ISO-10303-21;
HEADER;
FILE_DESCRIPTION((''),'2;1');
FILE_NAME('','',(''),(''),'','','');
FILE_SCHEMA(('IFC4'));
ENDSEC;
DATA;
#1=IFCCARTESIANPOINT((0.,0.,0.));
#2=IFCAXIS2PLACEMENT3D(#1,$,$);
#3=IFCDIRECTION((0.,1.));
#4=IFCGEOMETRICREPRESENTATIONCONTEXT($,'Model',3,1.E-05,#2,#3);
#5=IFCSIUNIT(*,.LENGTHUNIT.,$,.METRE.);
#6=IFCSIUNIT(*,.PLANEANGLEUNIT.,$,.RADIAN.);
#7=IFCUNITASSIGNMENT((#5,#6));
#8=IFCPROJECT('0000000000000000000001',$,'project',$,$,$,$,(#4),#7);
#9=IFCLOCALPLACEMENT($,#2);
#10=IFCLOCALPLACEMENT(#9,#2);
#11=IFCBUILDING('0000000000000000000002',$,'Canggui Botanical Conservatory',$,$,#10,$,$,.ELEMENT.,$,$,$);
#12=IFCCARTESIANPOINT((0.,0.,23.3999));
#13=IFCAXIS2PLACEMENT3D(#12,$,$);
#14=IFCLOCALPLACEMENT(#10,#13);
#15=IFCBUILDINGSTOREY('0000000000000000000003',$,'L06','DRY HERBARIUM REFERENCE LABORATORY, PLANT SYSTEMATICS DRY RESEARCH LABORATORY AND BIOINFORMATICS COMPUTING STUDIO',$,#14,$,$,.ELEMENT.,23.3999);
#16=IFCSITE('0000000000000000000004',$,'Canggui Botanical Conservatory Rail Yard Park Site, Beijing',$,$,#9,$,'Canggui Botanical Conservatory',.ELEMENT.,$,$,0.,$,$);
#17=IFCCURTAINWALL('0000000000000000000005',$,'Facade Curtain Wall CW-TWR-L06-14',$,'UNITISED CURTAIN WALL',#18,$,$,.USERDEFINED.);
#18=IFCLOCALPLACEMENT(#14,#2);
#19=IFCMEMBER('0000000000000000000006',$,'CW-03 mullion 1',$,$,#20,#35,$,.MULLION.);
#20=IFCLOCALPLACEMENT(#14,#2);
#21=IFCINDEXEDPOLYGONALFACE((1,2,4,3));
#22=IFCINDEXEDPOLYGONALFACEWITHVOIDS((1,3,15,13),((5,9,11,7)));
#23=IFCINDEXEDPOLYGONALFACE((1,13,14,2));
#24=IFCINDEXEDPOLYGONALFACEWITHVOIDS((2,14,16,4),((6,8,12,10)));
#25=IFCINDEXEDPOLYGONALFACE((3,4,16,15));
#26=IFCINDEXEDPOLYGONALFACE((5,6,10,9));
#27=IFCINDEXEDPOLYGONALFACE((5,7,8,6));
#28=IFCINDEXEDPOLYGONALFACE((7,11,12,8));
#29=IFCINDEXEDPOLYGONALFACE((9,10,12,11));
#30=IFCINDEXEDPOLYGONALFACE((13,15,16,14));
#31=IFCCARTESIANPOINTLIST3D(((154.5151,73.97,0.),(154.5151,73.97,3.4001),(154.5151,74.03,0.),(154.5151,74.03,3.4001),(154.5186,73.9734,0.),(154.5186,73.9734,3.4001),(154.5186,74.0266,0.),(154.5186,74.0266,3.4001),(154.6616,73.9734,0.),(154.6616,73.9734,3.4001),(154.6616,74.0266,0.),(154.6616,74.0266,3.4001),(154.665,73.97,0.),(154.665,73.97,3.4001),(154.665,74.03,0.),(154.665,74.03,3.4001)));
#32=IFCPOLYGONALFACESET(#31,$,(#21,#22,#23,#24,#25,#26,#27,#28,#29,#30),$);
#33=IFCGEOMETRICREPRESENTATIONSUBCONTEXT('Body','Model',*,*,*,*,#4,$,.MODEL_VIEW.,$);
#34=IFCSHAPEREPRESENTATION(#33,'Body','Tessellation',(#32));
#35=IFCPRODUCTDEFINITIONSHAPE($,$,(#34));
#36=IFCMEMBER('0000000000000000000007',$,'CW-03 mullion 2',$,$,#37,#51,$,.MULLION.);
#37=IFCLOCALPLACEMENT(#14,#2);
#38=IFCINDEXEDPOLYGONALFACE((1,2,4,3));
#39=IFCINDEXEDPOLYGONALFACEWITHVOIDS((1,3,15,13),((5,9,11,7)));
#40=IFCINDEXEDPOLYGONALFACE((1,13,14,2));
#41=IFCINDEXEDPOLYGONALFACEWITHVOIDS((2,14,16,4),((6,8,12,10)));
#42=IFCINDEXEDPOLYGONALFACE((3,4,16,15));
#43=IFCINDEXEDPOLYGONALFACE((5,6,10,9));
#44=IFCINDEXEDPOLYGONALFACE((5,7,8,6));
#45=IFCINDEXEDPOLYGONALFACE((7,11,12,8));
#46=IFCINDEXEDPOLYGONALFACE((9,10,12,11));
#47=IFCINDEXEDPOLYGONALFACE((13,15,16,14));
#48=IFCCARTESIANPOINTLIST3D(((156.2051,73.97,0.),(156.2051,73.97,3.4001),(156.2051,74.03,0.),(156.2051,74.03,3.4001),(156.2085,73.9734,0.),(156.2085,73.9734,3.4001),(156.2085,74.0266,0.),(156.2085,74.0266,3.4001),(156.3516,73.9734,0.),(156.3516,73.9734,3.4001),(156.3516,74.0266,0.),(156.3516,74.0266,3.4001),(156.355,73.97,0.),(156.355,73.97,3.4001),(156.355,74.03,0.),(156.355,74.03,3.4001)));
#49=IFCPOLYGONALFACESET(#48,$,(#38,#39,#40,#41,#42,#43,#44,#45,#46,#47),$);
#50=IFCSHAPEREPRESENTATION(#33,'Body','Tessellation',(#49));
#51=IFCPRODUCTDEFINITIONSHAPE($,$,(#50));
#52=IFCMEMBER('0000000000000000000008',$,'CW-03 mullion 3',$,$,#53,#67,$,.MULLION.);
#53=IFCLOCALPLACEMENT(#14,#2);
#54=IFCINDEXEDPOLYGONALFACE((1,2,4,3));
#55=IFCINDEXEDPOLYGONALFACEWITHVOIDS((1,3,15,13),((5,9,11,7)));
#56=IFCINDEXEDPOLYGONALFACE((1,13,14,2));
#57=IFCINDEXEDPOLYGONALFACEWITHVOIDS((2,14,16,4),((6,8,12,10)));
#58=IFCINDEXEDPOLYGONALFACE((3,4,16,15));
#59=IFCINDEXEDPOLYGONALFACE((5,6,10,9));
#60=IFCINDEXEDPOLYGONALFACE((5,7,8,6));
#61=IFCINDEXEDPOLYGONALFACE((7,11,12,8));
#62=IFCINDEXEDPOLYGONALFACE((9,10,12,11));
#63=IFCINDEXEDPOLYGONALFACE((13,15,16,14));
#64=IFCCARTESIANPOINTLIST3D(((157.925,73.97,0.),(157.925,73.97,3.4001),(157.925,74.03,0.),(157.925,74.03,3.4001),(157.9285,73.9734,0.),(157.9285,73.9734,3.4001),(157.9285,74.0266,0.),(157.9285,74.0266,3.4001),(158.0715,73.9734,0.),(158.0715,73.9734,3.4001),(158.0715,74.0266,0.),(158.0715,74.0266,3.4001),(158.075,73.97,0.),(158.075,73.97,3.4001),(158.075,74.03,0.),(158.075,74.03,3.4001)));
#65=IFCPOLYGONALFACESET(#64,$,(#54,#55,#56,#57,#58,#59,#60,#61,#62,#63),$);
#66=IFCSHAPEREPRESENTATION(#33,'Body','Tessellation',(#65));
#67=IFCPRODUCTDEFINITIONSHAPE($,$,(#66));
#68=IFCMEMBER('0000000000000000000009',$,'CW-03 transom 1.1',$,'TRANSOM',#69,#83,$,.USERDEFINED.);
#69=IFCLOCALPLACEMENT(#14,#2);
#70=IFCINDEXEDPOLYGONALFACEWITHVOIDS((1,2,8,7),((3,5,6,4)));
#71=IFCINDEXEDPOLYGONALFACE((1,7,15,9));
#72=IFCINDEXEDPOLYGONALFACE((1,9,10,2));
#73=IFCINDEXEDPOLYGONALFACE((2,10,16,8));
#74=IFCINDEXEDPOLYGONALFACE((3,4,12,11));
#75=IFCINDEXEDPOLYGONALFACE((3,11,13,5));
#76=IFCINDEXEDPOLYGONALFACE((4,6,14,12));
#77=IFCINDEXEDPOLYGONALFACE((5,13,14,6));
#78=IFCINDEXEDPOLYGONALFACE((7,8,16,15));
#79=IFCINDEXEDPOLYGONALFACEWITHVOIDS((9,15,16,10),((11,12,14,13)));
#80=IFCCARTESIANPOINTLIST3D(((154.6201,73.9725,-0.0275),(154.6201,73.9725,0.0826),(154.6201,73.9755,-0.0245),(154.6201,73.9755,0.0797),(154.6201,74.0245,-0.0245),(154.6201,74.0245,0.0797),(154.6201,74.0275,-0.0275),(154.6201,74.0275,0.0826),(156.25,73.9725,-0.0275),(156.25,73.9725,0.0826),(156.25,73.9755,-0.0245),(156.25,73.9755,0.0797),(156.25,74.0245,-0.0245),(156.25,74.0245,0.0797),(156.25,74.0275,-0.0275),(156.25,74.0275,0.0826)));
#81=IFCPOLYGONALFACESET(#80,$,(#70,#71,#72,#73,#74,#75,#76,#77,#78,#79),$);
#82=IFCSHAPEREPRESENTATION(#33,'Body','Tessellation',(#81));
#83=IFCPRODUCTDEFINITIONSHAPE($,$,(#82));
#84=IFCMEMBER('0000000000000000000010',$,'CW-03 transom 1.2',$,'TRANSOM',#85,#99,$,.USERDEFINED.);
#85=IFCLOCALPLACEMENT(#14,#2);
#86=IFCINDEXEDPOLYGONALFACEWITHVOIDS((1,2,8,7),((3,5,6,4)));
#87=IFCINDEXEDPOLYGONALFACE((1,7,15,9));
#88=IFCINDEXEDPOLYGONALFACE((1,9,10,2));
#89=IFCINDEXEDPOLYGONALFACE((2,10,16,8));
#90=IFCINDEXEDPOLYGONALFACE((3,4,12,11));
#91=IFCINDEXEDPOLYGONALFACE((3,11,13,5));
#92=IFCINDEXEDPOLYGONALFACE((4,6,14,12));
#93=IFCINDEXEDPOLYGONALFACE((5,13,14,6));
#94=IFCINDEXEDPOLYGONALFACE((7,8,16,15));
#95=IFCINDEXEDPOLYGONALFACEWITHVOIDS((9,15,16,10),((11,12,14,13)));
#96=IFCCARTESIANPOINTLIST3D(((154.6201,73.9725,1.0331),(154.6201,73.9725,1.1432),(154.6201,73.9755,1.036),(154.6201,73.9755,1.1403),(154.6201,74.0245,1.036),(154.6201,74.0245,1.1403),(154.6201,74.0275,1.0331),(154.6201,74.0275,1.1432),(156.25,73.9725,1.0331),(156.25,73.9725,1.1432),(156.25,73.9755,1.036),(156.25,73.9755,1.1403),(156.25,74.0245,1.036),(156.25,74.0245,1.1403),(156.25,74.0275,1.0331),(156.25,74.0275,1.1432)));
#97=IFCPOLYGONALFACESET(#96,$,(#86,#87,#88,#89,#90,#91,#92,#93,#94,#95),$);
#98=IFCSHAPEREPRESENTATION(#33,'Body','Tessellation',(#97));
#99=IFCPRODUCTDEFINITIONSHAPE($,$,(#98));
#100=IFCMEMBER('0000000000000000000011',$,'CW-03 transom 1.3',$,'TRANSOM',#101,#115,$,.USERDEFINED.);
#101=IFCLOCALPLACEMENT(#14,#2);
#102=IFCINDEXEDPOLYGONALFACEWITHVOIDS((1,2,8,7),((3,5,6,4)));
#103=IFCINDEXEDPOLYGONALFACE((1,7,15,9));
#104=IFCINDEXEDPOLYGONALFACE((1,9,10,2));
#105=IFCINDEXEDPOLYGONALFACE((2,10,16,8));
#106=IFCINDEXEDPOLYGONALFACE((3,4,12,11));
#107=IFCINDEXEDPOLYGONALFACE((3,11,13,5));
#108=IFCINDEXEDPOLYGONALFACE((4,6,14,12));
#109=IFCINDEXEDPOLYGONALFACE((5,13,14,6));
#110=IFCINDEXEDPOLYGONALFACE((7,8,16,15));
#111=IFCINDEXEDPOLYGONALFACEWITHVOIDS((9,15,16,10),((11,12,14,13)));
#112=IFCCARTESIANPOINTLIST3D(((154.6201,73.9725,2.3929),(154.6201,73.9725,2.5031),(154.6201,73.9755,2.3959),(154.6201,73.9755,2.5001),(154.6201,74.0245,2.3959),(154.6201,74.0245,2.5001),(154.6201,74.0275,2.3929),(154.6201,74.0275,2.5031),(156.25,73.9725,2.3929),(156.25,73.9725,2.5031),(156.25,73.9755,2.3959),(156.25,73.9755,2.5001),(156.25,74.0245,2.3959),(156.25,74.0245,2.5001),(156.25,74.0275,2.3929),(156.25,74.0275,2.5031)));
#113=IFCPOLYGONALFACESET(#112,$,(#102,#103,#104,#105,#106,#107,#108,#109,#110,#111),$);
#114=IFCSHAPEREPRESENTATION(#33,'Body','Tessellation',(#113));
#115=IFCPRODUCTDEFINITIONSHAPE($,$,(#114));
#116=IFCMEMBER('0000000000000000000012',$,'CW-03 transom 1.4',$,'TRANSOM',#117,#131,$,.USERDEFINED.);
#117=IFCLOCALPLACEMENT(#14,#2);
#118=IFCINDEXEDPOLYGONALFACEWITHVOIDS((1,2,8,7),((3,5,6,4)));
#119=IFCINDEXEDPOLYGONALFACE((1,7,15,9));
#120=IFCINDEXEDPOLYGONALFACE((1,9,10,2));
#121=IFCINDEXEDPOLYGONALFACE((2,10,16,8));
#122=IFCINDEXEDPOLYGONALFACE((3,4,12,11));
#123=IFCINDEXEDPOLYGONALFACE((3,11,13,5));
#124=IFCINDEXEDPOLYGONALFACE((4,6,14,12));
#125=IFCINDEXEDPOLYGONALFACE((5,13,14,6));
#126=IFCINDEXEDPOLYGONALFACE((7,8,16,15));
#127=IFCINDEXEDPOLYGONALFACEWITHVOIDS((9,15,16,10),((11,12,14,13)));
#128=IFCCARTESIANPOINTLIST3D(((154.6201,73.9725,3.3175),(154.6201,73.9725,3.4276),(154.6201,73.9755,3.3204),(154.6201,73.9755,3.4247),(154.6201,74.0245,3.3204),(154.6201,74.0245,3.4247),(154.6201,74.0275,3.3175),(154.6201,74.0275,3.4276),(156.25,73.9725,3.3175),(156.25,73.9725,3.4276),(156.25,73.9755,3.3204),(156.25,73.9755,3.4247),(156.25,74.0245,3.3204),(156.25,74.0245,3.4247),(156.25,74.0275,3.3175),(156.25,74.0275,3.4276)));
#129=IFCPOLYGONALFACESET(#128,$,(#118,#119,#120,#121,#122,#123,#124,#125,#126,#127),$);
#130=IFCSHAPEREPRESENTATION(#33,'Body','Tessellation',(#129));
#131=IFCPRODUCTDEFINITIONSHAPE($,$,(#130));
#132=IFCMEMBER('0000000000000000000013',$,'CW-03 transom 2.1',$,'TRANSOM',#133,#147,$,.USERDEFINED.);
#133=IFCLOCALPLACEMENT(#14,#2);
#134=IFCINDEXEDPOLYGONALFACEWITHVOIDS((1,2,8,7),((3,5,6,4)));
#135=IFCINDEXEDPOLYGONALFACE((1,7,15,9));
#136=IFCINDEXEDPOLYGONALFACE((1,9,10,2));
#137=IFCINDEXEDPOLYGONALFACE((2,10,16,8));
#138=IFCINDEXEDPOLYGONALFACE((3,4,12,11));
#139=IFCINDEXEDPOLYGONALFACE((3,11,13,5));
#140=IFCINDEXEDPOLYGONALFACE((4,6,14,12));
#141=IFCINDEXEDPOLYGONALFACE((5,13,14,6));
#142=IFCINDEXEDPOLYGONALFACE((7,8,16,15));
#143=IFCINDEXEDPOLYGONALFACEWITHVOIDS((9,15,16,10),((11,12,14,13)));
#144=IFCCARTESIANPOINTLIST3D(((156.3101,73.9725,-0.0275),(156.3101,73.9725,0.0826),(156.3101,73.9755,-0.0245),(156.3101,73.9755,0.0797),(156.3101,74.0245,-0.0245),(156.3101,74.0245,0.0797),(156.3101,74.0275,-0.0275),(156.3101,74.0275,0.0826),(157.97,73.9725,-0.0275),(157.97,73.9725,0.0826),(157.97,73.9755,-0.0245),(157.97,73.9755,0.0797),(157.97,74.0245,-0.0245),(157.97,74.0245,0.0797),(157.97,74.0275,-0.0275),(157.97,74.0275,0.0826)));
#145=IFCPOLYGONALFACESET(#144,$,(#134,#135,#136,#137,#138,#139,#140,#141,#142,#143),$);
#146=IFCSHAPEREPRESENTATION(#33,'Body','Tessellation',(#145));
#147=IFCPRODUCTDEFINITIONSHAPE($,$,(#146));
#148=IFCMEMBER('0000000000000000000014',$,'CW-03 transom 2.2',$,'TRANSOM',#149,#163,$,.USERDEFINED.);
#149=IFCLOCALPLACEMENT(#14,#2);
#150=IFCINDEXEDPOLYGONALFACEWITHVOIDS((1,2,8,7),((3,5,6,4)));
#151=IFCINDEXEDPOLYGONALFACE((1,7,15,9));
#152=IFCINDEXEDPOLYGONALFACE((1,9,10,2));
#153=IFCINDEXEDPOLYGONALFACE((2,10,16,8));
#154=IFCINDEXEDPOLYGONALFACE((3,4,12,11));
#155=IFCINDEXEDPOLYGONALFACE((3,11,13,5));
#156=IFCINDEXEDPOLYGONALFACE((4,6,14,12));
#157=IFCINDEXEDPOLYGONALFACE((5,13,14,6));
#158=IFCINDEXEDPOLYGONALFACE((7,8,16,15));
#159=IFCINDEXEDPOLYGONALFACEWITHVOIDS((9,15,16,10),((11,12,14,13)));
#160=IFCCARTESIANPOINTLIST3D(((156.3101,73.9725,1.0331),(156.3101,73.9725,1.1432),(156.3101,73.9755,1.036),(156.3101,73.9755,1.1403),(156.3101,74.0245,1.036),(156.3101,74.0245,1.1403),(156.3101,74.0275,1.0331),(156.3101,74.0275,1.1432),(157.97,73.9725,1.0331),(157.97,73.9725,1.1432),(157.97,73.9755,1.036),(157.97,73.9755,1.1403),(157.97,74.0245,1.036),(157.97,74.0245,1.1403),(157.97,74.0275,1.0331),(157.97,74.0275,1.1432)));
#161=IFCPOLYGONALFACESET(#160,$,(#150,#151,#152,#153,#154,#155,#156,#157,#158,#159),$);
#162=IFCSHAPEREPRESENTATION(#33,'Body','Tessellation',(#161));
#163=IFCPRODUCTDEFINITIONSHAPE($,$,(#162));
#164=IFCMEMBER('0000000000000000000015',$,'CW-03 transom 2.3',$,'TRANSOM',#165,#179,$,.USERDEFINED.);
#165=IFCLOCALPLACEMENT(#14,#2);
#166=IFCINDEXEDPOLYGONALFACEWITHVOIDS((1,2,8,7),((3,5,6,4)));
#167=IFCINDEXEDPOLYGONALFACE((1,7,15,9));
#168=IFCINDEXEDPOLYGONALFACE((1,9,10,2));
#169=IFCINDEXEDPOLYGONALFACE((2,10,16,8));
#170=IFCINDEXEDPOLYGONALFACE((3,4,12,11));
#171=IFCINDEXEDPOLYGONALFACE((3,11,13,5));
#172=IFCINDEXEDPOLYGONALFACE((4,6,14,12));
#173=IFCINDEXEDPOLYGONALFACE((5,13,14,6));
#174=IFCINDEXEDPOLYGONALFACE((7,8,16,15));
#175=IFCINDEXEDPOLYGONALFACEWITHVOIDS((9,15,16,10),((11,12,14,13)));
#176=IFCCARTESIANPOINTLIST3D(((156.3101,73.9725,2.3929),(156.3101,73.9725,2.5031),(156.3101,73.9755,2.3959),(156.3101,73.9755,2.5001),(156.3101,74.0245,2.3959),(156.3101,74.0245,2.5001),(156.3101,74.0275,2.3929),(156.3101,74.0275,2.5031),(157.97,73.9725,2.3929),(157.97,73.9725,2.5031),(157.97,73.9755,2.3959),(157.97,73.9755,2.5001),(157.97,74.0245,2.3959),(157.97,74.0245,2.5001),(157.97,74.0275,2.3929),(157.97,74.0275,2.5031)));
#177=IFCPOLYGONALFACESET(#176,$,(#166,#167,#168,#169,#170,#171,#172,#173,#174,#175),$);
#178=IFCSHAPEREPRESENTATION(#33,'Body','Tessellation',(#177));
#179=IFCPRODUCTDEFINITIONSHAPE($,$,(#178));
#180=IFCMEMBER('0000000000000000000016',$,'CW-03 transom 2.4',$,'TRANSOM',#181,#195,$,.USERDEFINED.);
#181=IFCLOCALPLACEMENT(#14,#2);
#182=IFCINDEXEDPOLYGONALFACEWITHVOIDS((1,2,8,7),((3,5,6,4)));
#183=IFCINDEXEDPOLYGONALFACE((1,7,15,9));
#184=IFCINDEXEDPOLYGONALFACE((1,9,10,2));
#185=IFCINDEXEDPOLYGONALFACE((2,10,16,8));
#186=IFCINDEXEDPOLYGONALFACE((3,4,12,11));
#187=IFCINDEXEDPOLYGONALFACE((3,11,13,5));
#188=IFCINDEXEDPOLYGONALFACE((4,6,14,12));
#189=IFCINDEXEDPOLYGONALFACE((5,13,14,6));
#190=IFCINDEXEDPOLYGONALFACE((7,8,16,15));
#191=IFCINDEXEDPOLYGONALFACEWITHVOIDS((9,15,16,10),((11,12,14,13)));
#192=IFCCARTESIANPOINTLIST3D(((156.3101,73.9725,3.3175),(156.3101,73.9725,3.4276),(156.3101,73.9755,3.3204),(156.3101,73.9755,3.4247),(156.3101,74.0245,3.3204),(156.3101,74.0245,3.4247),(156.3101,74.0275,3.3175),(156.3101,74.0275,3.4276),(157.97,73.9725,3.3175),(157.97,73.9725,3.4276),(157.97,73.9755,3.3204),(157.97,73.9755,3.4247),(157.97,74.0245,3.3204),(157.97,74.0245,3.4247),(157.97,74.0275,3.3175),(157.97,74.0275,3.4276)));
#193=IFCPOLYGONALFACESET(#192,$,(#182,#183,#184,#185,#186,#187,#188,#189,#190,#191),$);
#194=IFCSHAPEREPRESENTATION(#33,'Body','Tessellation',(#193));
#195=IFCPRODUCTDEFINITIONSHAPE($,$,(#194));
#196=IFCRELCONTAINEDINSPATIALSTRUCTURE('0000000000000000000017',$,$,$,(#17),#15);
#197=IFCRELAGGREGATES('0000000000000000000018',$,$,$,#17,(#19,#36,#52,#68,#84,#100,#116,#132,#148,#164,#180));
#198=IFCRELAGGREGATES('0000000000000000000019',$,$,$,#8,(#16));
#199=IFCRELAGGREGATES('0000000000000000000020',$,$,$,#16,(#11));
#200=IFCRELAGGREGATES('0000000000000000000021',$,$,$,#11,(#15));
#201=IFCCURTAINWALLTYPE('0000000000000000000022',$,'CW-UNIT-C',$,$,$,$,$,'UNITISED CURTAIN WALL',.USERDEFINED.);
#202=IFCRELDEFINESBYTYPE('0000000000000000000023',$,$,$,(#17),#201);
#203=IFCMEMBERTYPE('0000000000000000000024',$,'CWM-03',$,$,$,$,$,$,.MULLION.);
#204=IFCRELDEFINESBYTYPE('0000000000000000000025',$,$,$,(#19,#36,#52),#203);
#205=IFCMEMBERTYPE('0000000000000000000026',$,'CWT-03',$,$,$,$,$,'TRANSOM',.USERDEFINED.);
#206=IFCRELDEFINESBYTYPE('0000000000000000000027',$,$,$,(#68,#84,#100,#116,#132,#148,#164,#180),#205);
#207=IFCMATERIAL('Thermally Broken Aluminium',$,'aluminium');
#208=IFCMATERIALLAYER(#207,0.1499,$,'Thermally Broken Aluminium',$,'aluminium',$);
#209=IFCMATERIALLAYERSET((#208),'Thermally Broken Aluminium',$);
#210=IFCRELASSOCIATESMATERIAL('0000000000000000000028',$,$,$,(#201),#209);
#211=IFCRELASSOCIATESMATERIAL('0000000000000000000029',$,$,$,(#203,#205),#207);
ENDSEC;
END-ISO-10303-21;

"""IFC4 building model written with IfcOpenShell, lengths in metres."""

from ifc_helpers import new_model, si_unit, direction, frame, origin, origin_2d, place, context, subcontext, project, spatial, hollow_rectangle, extrude, material, layer, layer_set, material_profile, profile_set, type_object, element, aggregate, save


model = new_model("IFC4")

# Units and contexts
model_context = context("Model", 3, precision=1e-05, world=origin(), true_north=direction((0.0, 1.0)))
body_context = subcontext(model_context, "Body", "Model", "MODEL_VIEW")
ifc_project = project(units=[si_unit("LENGTHUNIT", "METRE"), si_unit("PLANEANGLEUNIT", "RADIAN")], contexts=[model_context])

# Site, building, storey
site_placement = place(None, origin())
site = spatial("IfcSite", under=ifc_project, at=site_placement, Name="Canggui Botanical Conservatory Rail Yard Park Site, Beijing", LongName="Canggui Botanical Conservatory", CompositionType="ELEMENT", RefElevation=0.0)
building_placement = place(site_placement, origin())
building = spatial("IfcBuilding", under=site, at=building_placement, Name="Canggui Botanical Conservatory", CompositionType="ELEMENT")
storey_placement = place(building_placement, frame((0.0, 0.0, 23.3999)))
storey = spatial("IfcBuildingStorey", under=building, at=storey_placement, Name="L06", Description="DRY HERBARIUM REFERENCE LABORATORY, PLANT SYSTEMATICS DRY RESEARCH LABORATORY AND BIOINFORMATICS COMPUTING STUDIO", CompositionType="ELEMENT", Elevation=23.3999)

# Curtain wall, members
ifc_material_1 = material(Name="Thermally Broken Aluminium", Category="aluminium")
ifc_layer_1 = layer(ifc_material_1, 0.1499, Name="Thermally Broken Aluminium", Category="aluminium")
ifc_layer_set_1 = layer_set([ifc_layer_1], Name="Thermally Broken Aluminium")
curtain_wall_type = type_object("IfcCurtainWallType", Name="CW-UNIT-C", ElementType="UNITISED CURTAIN WALL", PredefinedType="USERDEFINED", material=ifc_layer_set_1)
curtain_wall_placement = place(storey_placement, origin())
curtain_wall = element("IfcCurtainWall", 1, at=curtain_wall_placement, inside=storey, type_object=curtain_wall_type, Name="Facade Curtain Wall CW-TWR-L06-14", ObjectType="UNITISED CURTAIN WALL", PredefinedType="USERDEFINED")
ifc_material_profile_1 = material_profile(ifc_material_1, hollow_rectangle(XDim=0.0601, YDim=0.1499, WallThickness=0.0034, at=origin_2d()), Name="CWM 60x150x3.5")
ifc_profile_set_1 = profile_set([ifc_material_profile_1], Name="Thermally Broken Aluminium")
member_type_1 = type_object("IfcMemberType", Name="CWM-03", PredefinedType="MULLION", material=ifc_profile_set_1)
member_1_placement = place(storey_placement, frame((154.5901, 74.0, 0.0), z_axis=(0.0, 0.0, 1.0), x_axis=(0.0, 1.0, 0.0)))
member_1 = element("IfcMember", 2, at=member_1_placement, type_object=member_type_1, Name="CW-03 mullion 1", PredefinedType="MULLION", context=body_context, shape_type="SweptSolid", body=[
    extrude(hollow_rectangle(XDim=0.0601, YDim=0.1499, WallThickness=0.0034, at=origin_2d()), origin(), (0.0, 0.0, 1.0), 3.4001),
])
member_2_placement = place(storey_placement, frame((156.28, 74.0, 0.0), z_axis=(0.0, 0.0, 1.0), x_axis=(0.0, 1.0, 0.0)))
member_2 = element("IfcMember", 3, at=member_2_placement, type_object=member_type_1, Name="CW-03 mullion 2", PredefinedType="MULLION", context=body_context, shape_type="SweptSolid", body=[
    extrude(hollow_rectangle(XDim=0.0601, YDim=0.1499, WallThickness=0.0034, at=origin_2d()), origin(), (0.0, 0.0, 1.0), 3.4001),
])
member_3_placement = place(storey_placement, frame((158.0, 74.0, 0.0), z_axis=(0.0, 0.0, 1.0), x_axis=(0.0, 1.0, 0.0)))
member_3 = element("IfcMember", 4, at=member_3_placement, type_object=member_type_1, Name="CW-03 mullion 3", PredefinedType="MULLION", context=body_context, shape_type="SweptSolid", body=[
    extrude(hollow_rectangle(XDim=0.0601, YDim=0.1499, WallThickness=0.0034, at=origin_2d()), origin(), (0.0, 0.0, 1.0), 3.4001),
])
ifc_material_profile_2 = material_profile(ifc_material_1, hollow_rectangle(XDim=0.0549, YDim=0.1101, WallThickness=0.0029, at=origin_2d()), Name="CWT 55x110x3")
ifc_profile_set_2 = profile_set([ifc_material_profile_2], Name="Thermally Broken Aluminium")
member_type_2 = type_object("IfcMemberType", Name="CWT-03", ElementType="TRANSOM", PredefinedType="USERDEFINED", material=ifc_profile_set_2)
member_4_placement = place(storey_placement, frame((154.6201, 74.0, 0.0276), z_axis=(1.0, 0.0, 0.0), x_axis=(0.0, 1.0, 0.0)))
member_4 = element("IfcMember", 5, at=member_4_placement, type_object=member_type_2, Name="CW-03 transom 1.1", ObjectType="TRANSOM", PredefinedType="USERDEFINED", context=body_context, shape_type="SweptSolid", body=[
    extrude(hollow_rectangle(XDim=0.0549, YDim=0.1101, WallThickness=0.0029, at=origin_2d()), origin(), (0.0, 0.0, 1.0), 1.6299),
])
member_5_placement = place(storey_placement, frame((154.6201, 74.0, 1.0881), z_axis=(1.0, 0.0, 0.0), x_axis=(0.0, 1.0, 0.0)))
member_5 = element("IfcMember", 6, at=member_5_placement, type_object=member_type_2, Name="CW-03 transom 1.2", ObjectType="TRANSOM", PredefinedType="USERDEFINED", context=body_context, shape_type="SweptSolid", body=[
    extrude(hollow_rectangle(XDim=0.0549, YDim=0.1101, WallThickness=0.0029, at=origin_2d()), origin(), (0.0, 0.0, 1.0), 1.6299),
])
member_6_placement = place(storey_placement, frame((154.6201, 74.0, 2.448), z_axis=(1.0, 0.0, 0.0), x_axis=(0.0, 1.0, 0.0)))
member_6 = element("IfcMember", 7, at=member_6_placement, type_object=member_type_2, Name="CW-03 transom 1.3", ObjectType="TRANSOM", PredefinedType="USERDEFINED", context=body_context, shape_type="SweptSolid", body=[
    extrude(hollow_rectangle(XDim=0.0549, YDim=0.1101, WallThickness=0.0029, at=origin_2d()), origin(), (0.0, 0.0, 1.0), 1.6299),
])
member_7_placement = place(storey_placement, frame((154.6201, 74.0, 3.3726), z_axis=(1.0, 0.0, 0.0), x_axis=(0.0, 1.0, 0.0)))
member_7 = element("IfcMember", 8, at=member_7_placement, type_object=member_type_2, Name="CW-03 transom 1.4", ObjectType="TRANSOM", PredefinedType="USERDEFINED", context=body_context, shape_type="SweptSolid", body=[
    extrude(hollow_rectangle(XDim=0.0549, YDim=0.1101, WallThickness=0.0029, at=origin_2d()), origin(), (0.0, 0.0, 1.0), 1.6299),
])
member_8_placement = place(storey_placement, frame((156.3101, 74.0, 0.0276), z_axis=(1.0, 0.0, 0.0), x_axis=(0.0, 1.0, 0.0)))
member_8 = element("IfcMember", 9, at=member_8_placement, type_object=member_type_2, Name="CW-03 transom 2.1", ObjectType="TRANSOM", PredefinedType="USERDEFINED", context=body_context, shape_type="SweptSolid", body=[
    extrude(hollow_rectangle(XDim=0.0549, YDim=0.1101, WallThickness=0.0029, at=origin_2d()), origin(), (0.0, 0.0, 1.0), 1.6599),
])
member_9_placement = place(storey_placement, frame((156.3101, 74.0, 1.0881), z_axis=(1.0, 0.0, 0.0), x_axis=(0.0, 1.0, 0.0)))
member_9 = element("IfcMember", 10, at=member_9_placement, type_object=member_type_2, Name="CW-03 transom 2.2", ObjectType="TRANSOM", PredefinedType="USERDEFINED", context=body_context, shape_type="SweptSolid", body=[
    extrude(hollow_rectangle(XDim=0.0549, YDim=0.1101, WallThickness=0.0029, at=origin_2d()), origin(), (0.0, 0.0, 1.0), 1.6599),
])
member_10_placement = place(storey_placement, frame((156.3101, 74.0, 2.448), z_axis=(1.0, 0.0, 0.0), x_axis=(0.0, 1.0, 0.0)))
member_10 = element("IfcMember", 11, at=member_10_placement, type_object=member_type_2, Name="CW-03 transom 2.3", ObjectType="TRANSOM", PredefinedType="USERDEFINED", context=body_context, shape_type="SweptSolid", body=[
    extrude(hollow_rectangle(XDim=0.0549, YDim=0.1101, WallThickness=0.0029, at=origin_2d()), origin(), (0.0, 0.0, 1.0), 1.6599),
])
member_11_placement = place(storey_placement, frame((156.3101, 74.0, 3.3726), z_axis=(1.0, 0.0, 0.0), x_axis=(0.0, 1.0, 0.0)))
member_11 = element("IfcMember", 12, at=member_11_placement, type_object=member_type_2, Name="CW-03 transom 2.4", ObjectType="TRANSOM", PredefinedType="USERDEFINED", context=body_context, shape_type="SweptSolid", body=[
    extrude(hollow_rectangle(XDim=0.0549, YDim=0.1101, WallThickness=0.0029, at=origin_2d()), origin(), (0.0, 0.0, 1.0), 1.6599),
])
aggregate(curtain_wall, [member_1, member_2, member_3, member_4, member_5, member_6, member_7, member_8, member_9, member_10, member_11])

save(model, "model.ifc")
